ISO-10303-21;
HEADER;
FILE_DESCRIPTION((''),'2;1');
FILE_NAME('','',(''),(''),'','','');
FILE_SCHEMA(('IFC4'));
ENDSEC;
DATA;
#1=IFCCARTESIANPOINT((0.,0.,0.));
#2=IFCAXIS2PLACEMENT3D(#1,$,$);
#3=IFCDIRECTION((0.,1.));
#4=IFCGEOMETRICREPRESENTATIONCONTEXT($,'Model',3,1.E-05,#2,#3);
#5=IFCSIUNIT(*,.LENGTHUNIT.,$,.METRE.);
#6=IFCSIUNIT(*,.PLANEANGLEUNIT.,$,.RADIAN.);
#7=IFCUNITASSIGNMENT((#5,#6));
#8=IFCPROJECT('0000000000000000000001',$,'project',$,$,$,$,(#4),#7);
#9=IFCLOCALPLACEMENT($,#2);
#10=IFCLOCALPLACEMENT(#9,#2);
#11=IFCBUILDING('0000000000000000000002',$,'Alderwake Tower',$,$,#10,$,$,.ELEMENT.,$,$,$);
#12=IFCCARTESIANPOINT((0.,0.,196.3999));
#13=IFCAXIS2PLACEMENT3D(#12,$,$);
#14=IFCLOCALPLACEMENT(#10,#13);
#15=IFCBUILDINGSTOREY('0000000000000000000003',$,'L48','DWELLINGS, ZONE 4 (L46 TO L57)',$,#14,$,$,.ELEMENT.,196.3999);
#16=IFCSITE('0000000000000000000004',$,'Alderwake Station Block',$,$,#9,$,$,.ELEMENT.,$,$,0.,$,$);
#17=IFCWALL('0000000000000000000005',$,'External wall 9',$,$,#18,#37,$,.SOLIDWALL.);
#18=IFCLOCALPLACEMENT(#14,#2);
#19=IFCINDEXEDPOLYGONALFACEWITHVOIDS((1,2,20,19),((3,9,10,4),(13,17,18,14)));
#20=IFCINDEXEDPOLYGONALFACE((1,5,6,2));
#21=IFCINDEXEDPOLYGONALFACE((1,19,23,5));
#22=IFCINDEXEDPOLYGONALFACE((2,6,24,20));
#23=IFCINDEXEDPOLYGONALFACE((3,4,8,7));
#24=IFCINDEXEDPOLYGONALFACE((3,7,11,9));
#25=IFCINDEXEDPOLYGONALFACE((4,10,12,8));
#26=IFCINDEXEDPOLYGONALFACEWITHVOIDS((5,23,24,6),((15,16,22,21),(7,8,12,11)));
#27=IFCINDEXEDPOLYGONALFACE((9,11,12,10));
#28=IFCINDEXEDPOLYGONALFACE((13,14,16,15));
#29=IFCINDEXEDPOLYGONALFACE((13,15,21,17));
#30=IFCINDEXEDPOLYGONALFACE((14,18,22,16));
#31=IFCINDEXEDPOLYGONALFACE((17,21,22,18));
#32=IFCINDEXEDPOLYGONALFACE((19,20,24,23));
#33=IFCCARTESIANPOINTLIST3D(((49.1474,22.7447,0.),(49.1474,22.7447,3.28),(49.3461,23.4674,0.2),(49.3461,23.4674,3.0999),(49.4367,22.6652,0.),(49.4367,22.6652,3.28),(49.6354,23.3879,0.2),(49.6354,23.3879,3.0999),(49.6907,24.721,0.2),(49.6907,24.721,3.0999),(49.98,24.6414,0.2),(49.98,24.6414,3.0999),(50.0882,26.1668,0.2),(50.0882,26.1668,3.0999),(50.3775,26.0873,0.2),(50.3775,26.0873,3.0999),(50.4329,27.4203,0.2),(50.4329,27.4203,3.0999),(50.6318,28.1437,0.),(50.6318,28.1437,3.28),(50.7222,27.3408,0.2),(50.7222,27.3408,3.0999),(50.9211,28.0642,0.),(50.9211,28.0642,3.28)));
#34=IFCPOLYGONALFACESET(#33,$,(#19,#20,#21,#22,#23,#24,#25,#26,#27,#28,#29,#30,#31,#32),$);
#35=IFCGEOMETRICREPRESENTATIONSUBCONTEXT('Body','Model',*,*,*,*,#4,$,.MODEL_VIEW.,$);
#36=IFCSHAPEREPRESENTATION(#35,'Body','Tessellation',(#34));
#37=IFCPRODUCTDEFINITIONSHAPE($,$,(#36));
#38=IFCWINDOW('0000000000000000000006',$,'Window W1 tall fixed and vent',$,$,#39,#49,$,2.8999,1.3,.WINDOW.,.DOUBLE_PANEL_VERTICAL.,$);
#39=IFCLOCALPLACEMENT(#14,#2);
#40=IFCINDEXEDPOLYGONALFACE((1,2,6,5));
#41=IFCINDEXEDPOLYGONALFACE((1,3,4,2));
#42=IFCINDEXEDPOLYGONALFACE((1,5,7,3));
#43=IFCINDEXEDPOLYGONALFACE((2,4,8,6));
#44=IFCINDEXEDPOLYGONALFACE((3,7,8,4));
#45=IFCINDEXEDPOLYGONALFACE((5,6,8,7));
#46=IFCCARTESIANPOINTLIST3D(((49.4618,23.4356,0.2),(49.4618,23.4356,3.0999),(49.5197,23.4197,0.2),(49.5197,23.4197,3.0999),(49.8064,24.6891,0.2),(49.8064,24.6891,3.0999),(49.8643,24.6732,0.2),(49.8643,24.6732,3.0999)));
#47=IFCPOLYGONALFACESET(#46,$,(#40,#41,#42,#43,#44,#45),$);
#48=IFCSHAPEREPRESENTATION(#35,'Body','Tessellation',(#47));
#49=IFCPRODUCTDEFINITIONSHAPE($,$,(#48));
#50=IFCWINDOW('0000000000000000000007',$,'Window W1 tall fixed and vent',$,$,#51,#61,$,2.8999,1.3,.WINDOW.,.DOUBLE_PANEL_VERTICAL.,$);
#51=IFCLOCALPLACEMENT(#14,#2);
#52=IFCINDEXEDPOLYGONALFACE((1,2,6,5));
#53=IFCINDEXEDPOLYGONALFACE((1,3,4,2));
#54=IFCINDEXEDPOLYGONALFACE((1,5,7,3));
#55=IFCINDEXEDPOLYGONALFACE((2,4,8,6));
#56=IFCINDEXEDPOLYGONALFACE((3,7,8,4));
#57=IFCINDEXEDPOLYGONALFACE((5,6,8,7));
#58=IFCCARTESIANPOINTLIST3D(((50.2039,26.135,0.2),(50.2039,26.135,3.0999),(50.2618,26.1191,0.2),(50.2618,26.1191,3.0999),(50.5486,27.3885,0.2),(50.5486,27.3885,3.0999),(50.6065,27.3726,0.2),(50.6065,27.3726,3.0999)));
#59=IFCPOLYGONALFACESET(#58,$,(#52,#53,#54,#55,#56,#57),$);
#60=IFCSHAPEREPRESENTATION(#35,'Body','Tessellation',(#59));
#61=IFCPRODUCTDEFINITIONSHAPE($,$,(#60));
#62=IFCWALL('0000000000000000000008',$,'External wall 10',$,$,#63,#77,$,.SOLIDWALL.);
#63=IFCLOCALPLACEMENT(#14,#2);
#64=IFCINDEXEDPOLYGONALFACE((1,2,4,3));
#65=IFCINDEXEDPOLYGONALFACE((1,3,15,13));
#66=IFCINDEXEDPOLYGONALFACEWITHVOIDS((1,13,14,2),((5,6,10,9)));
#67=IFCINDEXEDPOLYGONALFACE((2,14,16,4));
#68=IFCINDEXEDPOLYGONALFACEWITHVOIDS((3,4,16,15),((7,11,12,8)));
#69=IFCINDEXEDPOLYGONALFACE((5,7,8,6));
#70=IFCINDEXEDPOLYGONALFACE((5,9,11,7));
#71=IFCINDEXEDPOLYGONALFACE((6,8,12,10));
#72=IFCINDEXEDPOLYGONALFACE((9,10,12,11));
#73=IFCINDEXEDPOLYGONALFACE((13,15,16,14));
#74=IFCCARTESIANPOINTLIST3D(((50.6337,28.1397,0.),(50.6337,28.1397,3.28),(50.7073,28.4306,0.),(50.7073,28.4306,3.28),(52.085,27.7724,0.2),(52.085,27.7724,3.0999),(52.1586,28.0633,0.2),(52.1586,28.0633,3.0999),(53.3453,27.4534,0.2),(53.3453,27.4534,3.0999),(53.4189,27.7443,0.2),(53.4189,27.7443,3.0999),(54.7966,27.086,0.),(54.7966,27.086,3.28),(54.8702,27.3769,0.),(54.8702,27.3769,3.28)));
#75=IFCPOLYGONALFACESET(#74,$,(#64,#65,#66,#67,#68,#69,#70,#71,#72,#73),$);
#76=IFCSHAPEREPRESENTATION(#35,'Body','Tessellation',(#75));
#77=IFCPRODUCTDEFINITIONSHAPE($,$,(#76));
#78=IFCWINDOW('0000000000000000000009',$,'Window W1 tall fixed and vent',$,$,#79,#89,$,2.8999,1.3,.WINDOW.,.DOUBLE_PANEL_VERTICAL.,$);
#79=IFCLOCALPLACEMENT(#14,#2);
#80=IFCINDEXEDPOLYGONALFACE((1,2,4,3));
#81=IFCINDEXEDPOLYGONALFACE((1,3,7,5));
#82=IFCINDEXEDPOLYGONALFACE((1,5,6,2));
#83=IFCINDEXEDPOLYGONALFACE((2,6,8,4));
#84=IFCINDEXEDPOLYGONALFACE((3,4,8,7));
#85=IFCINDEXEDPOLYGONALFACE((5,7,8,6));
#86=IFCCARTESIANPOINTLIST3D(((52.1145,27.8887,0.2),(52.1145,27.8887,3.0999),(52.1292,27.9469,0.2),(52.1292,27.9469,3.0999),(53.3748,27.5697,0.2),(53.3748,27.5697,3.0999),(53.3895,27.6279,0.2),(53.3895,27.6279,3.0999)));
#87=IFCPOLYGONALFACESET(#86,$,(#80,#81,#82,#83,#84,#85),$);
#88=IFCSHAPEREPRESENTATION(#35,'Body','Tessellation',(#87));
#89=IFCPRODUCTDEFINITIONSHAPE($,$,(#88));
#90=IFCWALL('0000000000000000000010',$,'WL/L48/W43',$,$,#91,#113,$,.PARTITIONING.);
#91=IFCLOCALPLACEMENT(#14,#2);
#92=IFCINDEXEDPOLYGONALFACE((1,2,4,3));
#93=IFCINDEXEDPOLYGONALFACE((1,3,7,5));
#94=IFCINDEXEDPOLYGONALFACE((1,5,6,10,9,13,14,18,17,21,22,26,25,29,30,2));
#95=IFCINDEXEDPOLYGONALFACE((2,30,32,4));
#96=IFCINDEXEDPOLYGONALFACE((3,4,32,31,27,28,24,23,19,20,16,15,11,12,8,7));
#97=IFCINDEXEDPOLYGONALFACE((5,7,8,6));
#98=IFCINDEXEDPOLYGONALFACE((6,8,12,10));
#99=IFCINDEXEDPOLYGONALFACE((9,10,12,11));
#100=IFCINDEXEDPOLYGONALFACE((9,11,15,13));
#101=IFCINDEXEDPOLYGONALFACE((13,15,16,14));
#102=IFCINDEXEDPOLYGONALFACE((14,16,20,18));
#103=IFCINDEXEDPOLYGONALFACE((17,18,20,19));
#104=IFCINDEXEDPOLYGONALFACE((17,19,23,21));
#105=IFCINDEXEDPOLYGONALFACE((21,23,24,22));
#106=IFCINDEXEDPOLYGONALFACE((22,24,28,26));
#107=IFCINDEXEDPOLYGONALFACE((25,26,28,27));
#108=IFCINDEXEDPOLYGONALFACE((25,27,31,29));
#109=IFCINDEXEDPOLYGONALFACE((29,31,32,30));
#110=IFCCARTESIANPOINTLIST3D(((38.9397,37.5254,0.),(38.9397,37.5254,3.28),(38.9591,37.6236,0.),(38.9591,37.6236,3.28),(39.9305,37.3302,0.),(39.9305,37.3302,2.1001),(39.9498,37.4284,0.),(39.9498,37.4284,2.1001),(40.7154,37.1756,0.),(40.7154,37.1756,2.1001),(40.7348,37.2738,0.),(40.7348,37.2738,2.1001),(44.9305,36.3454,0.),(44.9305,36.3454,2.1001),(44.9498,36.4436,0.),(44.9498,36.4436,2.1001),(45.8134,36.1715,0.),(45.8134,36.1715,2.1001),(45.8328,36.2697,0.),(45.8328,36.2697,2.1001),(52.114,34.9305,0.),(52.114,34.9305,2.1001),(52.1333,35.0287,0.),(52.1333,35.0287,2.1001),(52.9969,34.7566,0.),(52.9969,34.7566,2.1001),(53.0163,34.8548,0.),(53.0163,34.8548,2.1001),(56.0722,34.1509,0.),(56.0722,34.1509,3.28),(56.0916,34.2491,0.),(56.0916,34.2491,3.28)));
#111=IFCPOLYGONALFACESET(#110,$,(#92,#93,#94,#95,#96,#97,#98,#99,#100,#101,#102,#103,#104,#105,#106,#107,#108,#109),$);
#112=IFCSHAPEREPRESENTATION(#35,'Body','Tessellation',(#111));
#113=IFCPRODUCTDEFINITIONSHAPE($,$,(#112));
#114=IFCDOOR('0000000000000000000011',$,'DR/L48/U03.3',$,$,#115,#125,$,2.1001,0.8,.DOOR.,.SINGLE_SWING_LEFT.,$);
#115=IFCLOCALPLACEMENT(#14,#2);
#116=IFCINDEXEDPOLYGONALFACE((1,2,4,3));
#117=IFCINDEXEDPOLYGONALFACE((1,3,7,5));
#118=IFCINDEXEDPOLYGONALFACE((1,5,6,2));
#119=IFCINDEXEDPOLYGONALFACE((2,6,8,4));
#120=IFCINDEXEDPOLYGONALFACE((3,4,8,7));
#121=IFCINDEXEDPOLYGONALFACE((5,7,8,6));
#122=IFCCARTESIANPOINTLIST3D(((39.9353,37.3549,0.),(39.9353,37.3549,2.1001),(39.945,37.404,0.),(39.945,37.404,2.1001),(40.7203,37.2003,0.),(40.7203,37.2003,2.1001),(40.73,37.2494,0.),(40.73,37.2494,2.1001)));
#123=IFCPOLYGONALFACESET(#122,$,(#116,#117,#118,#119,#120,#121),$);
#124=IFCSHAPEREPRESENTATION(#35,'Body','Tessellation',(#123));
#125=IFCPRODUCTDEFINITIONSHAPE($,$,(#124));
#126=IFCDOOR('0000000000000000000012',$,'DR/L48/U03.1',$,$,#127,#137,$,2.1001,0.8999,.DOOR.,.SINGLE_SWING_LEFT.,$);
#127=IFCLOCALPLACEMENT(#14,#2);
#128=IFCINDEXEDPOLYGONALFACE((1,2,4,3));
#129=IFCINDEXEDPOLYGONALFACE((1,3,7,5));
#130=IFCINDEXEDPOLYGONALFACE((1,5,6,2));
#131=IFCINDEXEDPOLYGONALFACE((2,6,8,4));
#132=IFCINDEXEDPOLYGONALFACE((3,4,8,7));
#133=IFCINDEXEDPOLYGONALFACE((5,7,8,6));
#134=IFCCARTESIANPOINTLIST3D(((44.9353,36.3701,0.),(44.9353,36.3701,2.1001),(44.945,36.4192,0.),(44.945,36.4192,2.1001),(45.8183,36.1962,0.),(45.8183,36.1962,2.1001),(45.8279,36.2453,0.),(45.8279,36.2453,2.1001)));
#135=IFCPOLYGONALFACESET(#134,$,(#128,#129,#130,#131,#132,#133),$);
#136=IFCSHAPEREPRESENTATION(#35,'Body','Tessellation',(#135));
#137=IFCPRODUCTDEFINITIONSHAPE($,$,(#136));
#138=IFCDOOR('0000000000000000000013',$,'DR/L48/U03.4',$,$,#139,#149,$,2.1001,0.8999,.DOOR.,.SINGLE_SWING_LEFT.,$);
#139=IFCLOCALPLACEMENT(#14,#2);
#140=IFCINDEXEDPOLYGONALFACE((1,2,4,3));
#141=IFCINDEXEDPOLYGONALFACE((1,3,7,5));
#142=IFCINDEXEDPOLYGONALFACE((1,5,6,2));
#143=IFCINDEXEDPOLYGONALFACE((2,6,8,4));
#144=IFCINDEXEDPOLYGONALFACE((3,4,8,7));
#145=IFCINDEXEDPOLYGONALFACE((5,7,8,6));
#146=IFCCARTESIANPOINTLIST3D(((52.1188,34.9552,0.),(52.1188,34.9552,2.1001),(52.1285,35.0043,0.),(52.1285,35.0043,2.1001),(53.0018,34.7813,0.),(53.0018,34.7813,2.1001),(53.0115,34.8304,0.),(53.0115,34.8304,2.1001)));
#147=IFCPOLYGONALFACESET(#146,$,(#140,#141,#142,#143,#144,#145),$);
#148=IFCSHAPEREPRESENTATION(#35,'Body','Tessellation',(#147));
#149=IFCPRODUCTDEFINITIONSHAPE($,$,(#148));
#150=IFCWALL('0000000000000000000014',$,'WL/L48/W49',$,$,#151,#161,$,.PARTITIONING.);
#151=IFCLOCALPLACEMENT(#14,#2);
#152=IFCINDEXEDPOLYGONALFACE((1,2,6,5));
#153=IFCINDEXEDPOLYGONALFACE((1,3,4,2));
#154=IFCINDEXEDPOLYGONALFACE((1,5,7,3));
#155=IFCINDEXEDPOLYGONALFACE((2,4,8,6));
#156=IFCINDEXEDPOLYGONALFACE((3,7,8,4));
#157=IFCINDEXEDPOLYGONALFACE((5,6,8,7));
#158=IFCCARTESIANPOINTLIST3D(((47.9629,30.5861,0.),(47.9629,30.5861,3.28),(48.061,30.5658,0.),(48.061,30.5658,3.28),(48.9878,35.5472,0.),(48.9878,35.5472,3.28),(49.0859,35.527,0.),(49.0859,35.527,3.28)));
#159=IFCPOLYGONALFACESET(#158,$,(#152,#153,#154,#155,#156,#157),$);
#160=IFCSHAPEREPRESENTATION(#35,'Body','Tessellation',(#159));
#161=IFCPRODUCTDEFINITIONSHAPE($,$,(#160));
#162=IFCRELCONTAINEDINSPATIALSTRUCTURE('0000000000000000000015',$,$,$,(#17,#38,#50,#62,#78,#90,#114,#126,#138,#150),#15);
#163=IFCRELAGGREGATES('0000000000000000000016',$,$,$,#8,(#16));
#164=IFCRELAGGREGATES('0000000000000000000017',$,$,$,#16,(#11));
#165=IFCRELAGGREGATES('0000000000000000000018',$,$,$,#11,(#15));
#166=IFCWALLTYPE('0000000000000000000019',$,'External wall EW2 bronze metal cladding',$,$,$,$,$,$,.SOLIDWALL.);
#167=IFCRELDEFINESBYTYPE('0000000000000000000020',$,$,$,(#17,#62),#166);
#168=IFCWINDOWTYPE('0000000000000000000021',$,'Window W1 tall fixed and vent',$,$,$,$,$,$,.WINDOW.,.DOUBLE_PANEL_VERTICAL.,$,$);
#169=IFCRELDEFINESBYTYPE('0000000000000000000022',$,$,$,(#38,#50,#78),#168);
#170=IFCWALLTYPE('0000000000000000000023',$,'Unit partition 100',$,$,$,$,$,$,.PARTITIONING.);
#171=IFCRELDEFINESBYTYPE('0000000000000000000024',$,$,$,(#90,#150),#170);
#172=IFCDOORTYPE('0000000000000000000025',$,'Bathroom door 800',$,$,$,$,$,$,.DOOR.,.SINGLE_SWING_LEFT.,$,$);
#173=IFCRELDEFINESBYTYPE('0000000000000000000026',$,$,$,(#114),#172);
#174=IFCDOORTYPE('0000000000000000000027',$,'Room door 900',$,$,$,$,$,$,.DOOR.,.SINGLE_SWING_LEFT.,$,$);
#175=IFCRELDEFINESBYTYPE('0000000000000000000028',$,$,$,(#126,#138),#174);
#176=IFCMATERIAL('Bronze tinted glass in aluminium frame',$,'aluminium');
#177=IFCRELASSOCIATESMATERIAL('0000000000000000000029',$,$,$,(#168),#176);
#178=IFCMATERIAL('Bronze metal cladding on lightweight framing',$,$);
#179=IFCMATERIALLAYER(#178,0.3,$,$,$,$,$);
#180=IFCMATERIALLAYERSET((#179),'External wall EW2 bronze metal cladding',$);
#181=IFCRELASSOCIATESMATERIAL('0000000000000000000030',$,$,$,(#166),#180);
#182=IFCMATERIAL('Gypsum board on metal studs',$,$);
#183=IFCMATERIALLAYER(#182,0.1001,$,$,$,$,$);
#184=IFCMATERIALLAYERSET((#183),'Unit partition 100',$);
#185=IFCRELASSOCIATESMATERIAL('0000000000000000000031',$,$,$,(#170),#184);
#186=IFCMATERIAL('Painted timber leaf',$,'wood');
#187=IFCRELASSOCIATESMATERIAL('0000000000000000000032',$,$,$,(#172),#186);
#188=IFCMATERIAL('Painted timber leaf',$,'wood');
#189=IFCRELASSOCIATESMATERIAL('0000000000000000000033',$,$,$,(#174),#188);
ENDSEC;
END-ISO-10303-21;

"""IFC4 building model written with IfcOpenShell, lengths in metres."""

from ifc_helpers import new_model, si_unit, direction, frame, frame_2d, origin, place, context, subcontext, project, spatial, rectangle, extrude, material, layer, layer_set, type_object, element, fill, save


model = new_model("IFC4")

# Units and contexts
model_context = context("Model", 3, precision=1e-05, world=origin(), true_north=direction((0.0, 1.0)))
body_context = subcontext(model_context, "Body", "Model", "MODEL_VIEW")
ifc_project = project(units=[si_unit("LENGTHUNIT", "METRE"), si_unit("PLANEANGLEUNIT", "RADIAN")], contexts=[model_context])

# Site, building, storey
site_placement = place(None, origin())
site = spatial("IfcSite", under=ifc_project, at=site_placement, Name="Alderwake Station Block", CompositionType="ELEMENT", RefElevation=0.0)
building_placement = place(site_placement, origin())
building = spatial("IfcBuilding", under=site, at=building_placement, Name="Alderwake Tower", CompositionType="ELEMENT")
storey_placement = place(building_placement, frame((0.0, 0.0, 196.3999)))
storey = spatial("IfcBuildingStorey", under=building, at=storey_placement, Name="L48", Description="DWELLINGS, ZONE 4 (L46 TO L57)", CompositionType="ELEMENT", Elevation=196.3999)

# Shared definitions
ifc_material_1 = material(Name="Bronze tinted glass in aluminium frame", Category="aluminium")
window_type = type_object("IfcWindowType", Name="Window W1 tall fixed and vent", PartitioningType="DOUBLE_PANEL_VERTICAL", PredefinedType="WINDOW", material=ifc_material_1)

# Wall, openings, windows
ifc_material_2 = material(Name="Bronze metal cladding on lightweight framing")
ifc_layer_1 = layer(ifc_material_2, 0.3)
ifc_layer_set_1 = layer_set([ifc_layer_1], Name="External wall EW2 bronze metal cladding")
wall_type_1 = type_object("IfcWallType", Name="External wall EW2 bronze metal cladding", PredefinedType="SOLIDWALL", material=ifc_layer_set_1)
wall_1_placement = place(storey_placement, frame((49.292, 22.7048, 0.0), z_axis=(0.0, 0.0, 1.0), x_axis=(0.265102, 0.96422, 0.0)))
wall_1 = element("IfcWall", 1, at=wall_1_placement, inside=storey, type_object=wall_type_1, Name="External wall 9", PredefinedType="SOLIDWALL", context=body_context, shape_type="SweptSolid", body=[
    extrude(rectangle(XDim=5.5994, YDim=0.3, at=frame_2d((2.7998, 0.0))), origin(), (0.0, 0.0, 1.0), 3.28),
])
opening_1_placement = place(wall_1_placement, frame((0.7498, 0.0, 0.2)))
opening_1 = element("IfcOpeningElement", 2, at=opening_1_placement, cuts=wall_1, PredefinedType="OPENING", context=body_context, shape_type="SweptSolid", body=[
    extrude(rectangle(XDim=1.3, YDim=2.8999, at=frame_2d((0.6499, 1.45))), frame((0.0, 0.1599, 0.0), z_axis=(0.0, -1.0, 0.0), x_axis=(1.0, 0.0, 0.0)), (0.0, 0.0, 1.0), 0.3201),
])
opening_2_placement = place(wall_1_placement, frame((3.5493, 0.0, 0.2)))
opening_2 = element("IfcOpeningElement", 3, at=opening_2_placement, cuts=wall_1, PredefinedType="OPENING", context=body_context, shape_type="SweptSolid", body=[
    extrude(rectangle(XDim=1.3, YDim=2.8999, at=frame_2d((0.6499, 1.45))), frame((0.0, 0.1599, 0.0), z_axis=(0.0, -1.0, 0.0), x_axis=(1.0, 0.0, 0.0)), (0.0, 0.0, 1.0), 0.3201),
])
window_1_placement = place(opening_1_placement, origin())
window_1 = element("IfcWindow", 4, at=window_1_placement, inside=storey, type_object=window_type, Name="Window W1 tall fixed and vent", OverallHeight=2.8999, OverallWidth=1.3, PartitioningType="DOUBLE_PANEL_VERTICAL", PredefinedType="WINDOW", context=body_context, shape_type="SweptSolid", body=[
    extrude(rectangle(XDim=1.3, YDim=2.8999, at=frame_2d((0.6499, 1.45))), frame((0.0, 0.03, 0.0), z_axis=(0.0, -1.0, 0.0), x_axis=(1.0, 0.0, 0.0)), (0.0, 0.0, 1.0), 0.0601),
])
fill(opening_1, window_1)
window_2_placement = place(opening_2_placement, origin())
window_2 = element("IfcWindow", 5, at=window_2_placement, inside=storey, type_object=window_type, Name="Window W1 tall fixed and vent", OverallHeight=2.8999, OverallWidth=1.3, PartitioningType="DOUBLE_PANEL_VERTICAL", PredefinedType="WINDOW", context=body_context, shape_type="SweptSolid", body=[
    extrude(rectangle(XDim=1.3, YDim=2.8999, at=frame_2d((0.6499, 1.45))), frame((0.0, 0.03, 0.0), z_axis=(0.0, -1.0, 0.0), x_axis=(1.0, 0.0, 0.0)), (0.0, 0.0, 1.0), 0.0601),
])
fill(opening_2, window_2)

# Wall, opening, window
wall_2_placement = place(storey_placement, frame((50.6707, 28.2852, 0.0), z_axis=(0.0, 0.0, 1.0), x_axis=(0.969426, -0.245384, 0.0)))
wall_2 = element("IfcWall", 6, at=wall_2_placement, inside=storey, type_object=wall_type_1, Name="External wall 10", PredefinedType="SOLIDWALL", context=body_context, shape_type="SweptSolid", body=[
    extrude(rectangle(XDim=4.2942, YDim=0.3, at=frame_2d((2.147, 0.0))), origin(), (0.0, 0.0, 1.0), 3.28),
])
opening_3_placement = place(wall_2_placement, frame((1.4971, 0.0, 0.2)))
opening_3 = element("IfcOpeningElement", 7, at=opening_3_placement, cuts=wall_2, PredefinedType="OPENING", context=body_context, shape_type="SweptSolid", body=[
    extrude(rectangle(XDim=1.3, YDim=2.8999, at=frame_2d((0.6499, 1.45))), frame((0.0, 0.1599, 0.0), z_axis=(0.0, -1.0, 0.0), x_axis=(1.0, 0.0, 0.0)), (0.0, 0.0, 1.0), 0.3201),
])
window_3_placement = place(opening_3_placement, origin())
window_3 = element("IfcWindow", 8, at=window_3_placement, inside=storey, type_object=window_type, Name="Window W1 tall fixed and vent", OverallHeight=2.8999, OverallWidth=1.3, PartitioningType="DOUBLE_PANEL_VERTICAL", PredefinedType="WINDOW", context=body_context, shape_type="SweptSolid", body=[
    extrude(rectangle(XDim=1.3, YDim=2.8999, at=frame_2d((0.6499, 1.45))), frame((0.0, 0.03, 0.0), z_axis=(0.0, -1.0, 0.0), x_axis=(1.0, 0.0, 0.0)), (0.0, 0.0, 1.0), 0.0601),
])
fill(opening_3, window_3)

# Wall, openings, doors
ifc_material_3 = material(Name="Gypsum board on metal studs")
ifc_layer_2 = layer(ifc_material_3, 0.1001)
ifc_layer_set_2 = layer_set([ifc_layer_2], Name="Unit partition 100")
wall_type_2 = type_object("IfcWallType", Name="Unit partition 100", PredefinedType="PARTITIONING", material=ifc_layer_set_2)
wall_3_placement = place(storey_placement, frame((56.082, 34.2, 0.0), z_axis=(0.0, 0.0, 1.0), x_axis=(-0.981149, 0.193252, 0.0)))
wall_3 = element("IfcWall", 9, at=wall_3_placement, inside=storey, type_object=wall_type_2, Name="WL/L48/W43", PredefinedType="PARTITIONING", context=body_context, shape_type="SweptSolid", body=[
    extrude(rectangle(XDim=17.4617, YDim=0.1001, at=frame_2d((8.731, 0.0))), origin(), (0.0, 0.0, 1.0), 3.28),
])
opening_4_placement = place(wall_3_placement, frame((10.4561, 0.0, 0.0)))
opening_4 = element("IfcOpeningElement", 10, at=opening_4_placement, cuts=wall_3, PredefinedType="OPENING", context=body_context, shape_type="SweptSolid", body=[
    extrude(rectangle(XDim=0.8999, YDim=2.1001, at=frame_2d((0.45, 1.05))), frame((0.0, 0.0601, 0.0), z_axis=(0.0, -1.0, 0.0), x_axis=(1.0, 0.0, 0.0)), (0.0, 0.0, 1.0), 0.1201),
])
opening_5_placement = place(wall_3_placement, frame((15.6521, 0.0, 0.0)))
opening_5 = element("IfcOpeningElement", 11, at=opening_5_placement, cuts=wall_3, PredefinedType="OPENING", context=body_context, shape_type="SweptSolid", body=[
    extrude(rectangle(XDim=0.8, YDim=2.1001, at=frame_2d((0.3999, 1.05))), frame((0.0, 0.0601, 0.0), z_axis=(0.0, -1.0, 0.0), x_axis=(1.0, 0.0, 0.0)), (0.0, 0.0, 1.0), 0.1201),
])
opening_6_placement = place(wall_3_placement, frame((3.1345, 0.0, 0.0)))
opening_6 = element("IfcOpeningElement", 12, at=opening_6_placement, cuts=wall_3, PredefinedType="OPENING", context=body_context, shape_type="SweptSolid", body=[
    extrude(rectangle(XDim=0.8999, YDim=2.1001, at=frame_2d((0.45, 1.05))), frame((0.0, 0.0601, 0.0), z_axis=(0.0, -1.0, 0.0), x_axis=(1.0, 0.0, 0.0)), (0.0, 0.0, 1.0), 0.1201),
])
ifc_material_4 = material(Name="Painted timber leaf", Category="wood")
door_type_1 = type_object("IfcDoorType", Name="Bathroom door 800", OperationType="SINGLE_SWING_LEFT", PredefinedType="DOOR", material=ifc_material_4)
door_1_placement = place(opening_5_placement, origin())
door_1 = element("IfcDoor", 13, at=door_1_placement, inside=storey, type_object=door_type_1, Name="DR/L48/U03.3", OperationType="SINGLE_SWING_LEFT", OverallHeight=2.1001, OverallWidth=0.8, PredefinedType="DOOR", context=body_context, shape_type="SweptSolid", body=[
    extrude(rectangle(XDim=0.8, YDim=2.1001, at=frame_2d((0.3999, 1.05))), frame((0.0, 0.0249, 0.0), z_axis=(0.0, -1.0, 0.0), x_axis=(1.0, 0.0, 0.0)), (0.0, 0.0, 1.0), 0.05),
])
fill(opening_5, door_1)
ifc_material_5 = material(Name="Painted timber leaf", Category="wood")
door_type_2 = type_object("IfcDoorType", Name="Room door 900", OperationType="SINGLE_SWING_LEFT", PredefinedType="DOOR", material=ifc_material_5)
door_2_placement = place(opening_4_placement, origin())
door_2 = element("IfcDoor", 14, at=door_2_placement, inside=storey, type_object=door_type_2, Name="DR/L48/U03.1", OperationType="SINGLE_SWING_LEFT", OverallHeight=2.1001, OverallWidth=0.8999, PredefinedType="DOOR", context=body_context, shape_type="SweptSolid", body=[
    extrude(rectangle(XDim=0.8999, YDim=2.1001, at=frame_2d((0.45, 1.05))), frame((0.0, 0.0249, 0.0), z_axis=(0.0, -1.0, 0.0), x_axis=(1.0, 0.0, 0.0)), (0.0, 0.0, 1.0), 0.05),
])
fill(opening_4, door_2)
door_3_placement = place(opening_6_placement, origin())
door_3 = element("IfcDoor", 15, at=door_3_placement, inside=storey, type_object=door_type_2, Name="DR/L48/U03.4", OperationType="SINGLE_SWING_LEFT", OverallHeight=2.1001, OverallWidth=0.8999, PredefinedType="DOOR", context=body_context, shape_type="SweptSolid", body=[
    extrude(rectangle(XDim=0.8999, YDim=2.1001, at=frame_2d((0.45, 1.05))), frame((0.0, 0.0249, 0.0), z_axis=(0.0, -1.0, 0.0), x_axis=(1.0, 0.0, 0.0)), (0.0, 0.0, 1.0), 0.05),
])
fill(opening_6, door_3)

# Wall
wall_4_placement = place(storey_placement, frame((48.012, 30.5759, 0.0), z_axis=(0.0, 0.0, 1.0), x_axis=(0.202312, 0.979321, 0.0)))
element("IfcWall", 16, at=wall_4_placement, inside=storey, type_object=wall_type_2, Name="WL/L48/W49", PredefinedType="PARTITIONING", context=body_context, shape_type="SweptSolid", body=[
    extrude(rectangle(XDim=5.0659, YDim=0.1001, at=frame_2d((2.533, 0.0))), origin(), (0.0, 0.0, 1.0), 3.28),
])

save(model, "model.ifc")
